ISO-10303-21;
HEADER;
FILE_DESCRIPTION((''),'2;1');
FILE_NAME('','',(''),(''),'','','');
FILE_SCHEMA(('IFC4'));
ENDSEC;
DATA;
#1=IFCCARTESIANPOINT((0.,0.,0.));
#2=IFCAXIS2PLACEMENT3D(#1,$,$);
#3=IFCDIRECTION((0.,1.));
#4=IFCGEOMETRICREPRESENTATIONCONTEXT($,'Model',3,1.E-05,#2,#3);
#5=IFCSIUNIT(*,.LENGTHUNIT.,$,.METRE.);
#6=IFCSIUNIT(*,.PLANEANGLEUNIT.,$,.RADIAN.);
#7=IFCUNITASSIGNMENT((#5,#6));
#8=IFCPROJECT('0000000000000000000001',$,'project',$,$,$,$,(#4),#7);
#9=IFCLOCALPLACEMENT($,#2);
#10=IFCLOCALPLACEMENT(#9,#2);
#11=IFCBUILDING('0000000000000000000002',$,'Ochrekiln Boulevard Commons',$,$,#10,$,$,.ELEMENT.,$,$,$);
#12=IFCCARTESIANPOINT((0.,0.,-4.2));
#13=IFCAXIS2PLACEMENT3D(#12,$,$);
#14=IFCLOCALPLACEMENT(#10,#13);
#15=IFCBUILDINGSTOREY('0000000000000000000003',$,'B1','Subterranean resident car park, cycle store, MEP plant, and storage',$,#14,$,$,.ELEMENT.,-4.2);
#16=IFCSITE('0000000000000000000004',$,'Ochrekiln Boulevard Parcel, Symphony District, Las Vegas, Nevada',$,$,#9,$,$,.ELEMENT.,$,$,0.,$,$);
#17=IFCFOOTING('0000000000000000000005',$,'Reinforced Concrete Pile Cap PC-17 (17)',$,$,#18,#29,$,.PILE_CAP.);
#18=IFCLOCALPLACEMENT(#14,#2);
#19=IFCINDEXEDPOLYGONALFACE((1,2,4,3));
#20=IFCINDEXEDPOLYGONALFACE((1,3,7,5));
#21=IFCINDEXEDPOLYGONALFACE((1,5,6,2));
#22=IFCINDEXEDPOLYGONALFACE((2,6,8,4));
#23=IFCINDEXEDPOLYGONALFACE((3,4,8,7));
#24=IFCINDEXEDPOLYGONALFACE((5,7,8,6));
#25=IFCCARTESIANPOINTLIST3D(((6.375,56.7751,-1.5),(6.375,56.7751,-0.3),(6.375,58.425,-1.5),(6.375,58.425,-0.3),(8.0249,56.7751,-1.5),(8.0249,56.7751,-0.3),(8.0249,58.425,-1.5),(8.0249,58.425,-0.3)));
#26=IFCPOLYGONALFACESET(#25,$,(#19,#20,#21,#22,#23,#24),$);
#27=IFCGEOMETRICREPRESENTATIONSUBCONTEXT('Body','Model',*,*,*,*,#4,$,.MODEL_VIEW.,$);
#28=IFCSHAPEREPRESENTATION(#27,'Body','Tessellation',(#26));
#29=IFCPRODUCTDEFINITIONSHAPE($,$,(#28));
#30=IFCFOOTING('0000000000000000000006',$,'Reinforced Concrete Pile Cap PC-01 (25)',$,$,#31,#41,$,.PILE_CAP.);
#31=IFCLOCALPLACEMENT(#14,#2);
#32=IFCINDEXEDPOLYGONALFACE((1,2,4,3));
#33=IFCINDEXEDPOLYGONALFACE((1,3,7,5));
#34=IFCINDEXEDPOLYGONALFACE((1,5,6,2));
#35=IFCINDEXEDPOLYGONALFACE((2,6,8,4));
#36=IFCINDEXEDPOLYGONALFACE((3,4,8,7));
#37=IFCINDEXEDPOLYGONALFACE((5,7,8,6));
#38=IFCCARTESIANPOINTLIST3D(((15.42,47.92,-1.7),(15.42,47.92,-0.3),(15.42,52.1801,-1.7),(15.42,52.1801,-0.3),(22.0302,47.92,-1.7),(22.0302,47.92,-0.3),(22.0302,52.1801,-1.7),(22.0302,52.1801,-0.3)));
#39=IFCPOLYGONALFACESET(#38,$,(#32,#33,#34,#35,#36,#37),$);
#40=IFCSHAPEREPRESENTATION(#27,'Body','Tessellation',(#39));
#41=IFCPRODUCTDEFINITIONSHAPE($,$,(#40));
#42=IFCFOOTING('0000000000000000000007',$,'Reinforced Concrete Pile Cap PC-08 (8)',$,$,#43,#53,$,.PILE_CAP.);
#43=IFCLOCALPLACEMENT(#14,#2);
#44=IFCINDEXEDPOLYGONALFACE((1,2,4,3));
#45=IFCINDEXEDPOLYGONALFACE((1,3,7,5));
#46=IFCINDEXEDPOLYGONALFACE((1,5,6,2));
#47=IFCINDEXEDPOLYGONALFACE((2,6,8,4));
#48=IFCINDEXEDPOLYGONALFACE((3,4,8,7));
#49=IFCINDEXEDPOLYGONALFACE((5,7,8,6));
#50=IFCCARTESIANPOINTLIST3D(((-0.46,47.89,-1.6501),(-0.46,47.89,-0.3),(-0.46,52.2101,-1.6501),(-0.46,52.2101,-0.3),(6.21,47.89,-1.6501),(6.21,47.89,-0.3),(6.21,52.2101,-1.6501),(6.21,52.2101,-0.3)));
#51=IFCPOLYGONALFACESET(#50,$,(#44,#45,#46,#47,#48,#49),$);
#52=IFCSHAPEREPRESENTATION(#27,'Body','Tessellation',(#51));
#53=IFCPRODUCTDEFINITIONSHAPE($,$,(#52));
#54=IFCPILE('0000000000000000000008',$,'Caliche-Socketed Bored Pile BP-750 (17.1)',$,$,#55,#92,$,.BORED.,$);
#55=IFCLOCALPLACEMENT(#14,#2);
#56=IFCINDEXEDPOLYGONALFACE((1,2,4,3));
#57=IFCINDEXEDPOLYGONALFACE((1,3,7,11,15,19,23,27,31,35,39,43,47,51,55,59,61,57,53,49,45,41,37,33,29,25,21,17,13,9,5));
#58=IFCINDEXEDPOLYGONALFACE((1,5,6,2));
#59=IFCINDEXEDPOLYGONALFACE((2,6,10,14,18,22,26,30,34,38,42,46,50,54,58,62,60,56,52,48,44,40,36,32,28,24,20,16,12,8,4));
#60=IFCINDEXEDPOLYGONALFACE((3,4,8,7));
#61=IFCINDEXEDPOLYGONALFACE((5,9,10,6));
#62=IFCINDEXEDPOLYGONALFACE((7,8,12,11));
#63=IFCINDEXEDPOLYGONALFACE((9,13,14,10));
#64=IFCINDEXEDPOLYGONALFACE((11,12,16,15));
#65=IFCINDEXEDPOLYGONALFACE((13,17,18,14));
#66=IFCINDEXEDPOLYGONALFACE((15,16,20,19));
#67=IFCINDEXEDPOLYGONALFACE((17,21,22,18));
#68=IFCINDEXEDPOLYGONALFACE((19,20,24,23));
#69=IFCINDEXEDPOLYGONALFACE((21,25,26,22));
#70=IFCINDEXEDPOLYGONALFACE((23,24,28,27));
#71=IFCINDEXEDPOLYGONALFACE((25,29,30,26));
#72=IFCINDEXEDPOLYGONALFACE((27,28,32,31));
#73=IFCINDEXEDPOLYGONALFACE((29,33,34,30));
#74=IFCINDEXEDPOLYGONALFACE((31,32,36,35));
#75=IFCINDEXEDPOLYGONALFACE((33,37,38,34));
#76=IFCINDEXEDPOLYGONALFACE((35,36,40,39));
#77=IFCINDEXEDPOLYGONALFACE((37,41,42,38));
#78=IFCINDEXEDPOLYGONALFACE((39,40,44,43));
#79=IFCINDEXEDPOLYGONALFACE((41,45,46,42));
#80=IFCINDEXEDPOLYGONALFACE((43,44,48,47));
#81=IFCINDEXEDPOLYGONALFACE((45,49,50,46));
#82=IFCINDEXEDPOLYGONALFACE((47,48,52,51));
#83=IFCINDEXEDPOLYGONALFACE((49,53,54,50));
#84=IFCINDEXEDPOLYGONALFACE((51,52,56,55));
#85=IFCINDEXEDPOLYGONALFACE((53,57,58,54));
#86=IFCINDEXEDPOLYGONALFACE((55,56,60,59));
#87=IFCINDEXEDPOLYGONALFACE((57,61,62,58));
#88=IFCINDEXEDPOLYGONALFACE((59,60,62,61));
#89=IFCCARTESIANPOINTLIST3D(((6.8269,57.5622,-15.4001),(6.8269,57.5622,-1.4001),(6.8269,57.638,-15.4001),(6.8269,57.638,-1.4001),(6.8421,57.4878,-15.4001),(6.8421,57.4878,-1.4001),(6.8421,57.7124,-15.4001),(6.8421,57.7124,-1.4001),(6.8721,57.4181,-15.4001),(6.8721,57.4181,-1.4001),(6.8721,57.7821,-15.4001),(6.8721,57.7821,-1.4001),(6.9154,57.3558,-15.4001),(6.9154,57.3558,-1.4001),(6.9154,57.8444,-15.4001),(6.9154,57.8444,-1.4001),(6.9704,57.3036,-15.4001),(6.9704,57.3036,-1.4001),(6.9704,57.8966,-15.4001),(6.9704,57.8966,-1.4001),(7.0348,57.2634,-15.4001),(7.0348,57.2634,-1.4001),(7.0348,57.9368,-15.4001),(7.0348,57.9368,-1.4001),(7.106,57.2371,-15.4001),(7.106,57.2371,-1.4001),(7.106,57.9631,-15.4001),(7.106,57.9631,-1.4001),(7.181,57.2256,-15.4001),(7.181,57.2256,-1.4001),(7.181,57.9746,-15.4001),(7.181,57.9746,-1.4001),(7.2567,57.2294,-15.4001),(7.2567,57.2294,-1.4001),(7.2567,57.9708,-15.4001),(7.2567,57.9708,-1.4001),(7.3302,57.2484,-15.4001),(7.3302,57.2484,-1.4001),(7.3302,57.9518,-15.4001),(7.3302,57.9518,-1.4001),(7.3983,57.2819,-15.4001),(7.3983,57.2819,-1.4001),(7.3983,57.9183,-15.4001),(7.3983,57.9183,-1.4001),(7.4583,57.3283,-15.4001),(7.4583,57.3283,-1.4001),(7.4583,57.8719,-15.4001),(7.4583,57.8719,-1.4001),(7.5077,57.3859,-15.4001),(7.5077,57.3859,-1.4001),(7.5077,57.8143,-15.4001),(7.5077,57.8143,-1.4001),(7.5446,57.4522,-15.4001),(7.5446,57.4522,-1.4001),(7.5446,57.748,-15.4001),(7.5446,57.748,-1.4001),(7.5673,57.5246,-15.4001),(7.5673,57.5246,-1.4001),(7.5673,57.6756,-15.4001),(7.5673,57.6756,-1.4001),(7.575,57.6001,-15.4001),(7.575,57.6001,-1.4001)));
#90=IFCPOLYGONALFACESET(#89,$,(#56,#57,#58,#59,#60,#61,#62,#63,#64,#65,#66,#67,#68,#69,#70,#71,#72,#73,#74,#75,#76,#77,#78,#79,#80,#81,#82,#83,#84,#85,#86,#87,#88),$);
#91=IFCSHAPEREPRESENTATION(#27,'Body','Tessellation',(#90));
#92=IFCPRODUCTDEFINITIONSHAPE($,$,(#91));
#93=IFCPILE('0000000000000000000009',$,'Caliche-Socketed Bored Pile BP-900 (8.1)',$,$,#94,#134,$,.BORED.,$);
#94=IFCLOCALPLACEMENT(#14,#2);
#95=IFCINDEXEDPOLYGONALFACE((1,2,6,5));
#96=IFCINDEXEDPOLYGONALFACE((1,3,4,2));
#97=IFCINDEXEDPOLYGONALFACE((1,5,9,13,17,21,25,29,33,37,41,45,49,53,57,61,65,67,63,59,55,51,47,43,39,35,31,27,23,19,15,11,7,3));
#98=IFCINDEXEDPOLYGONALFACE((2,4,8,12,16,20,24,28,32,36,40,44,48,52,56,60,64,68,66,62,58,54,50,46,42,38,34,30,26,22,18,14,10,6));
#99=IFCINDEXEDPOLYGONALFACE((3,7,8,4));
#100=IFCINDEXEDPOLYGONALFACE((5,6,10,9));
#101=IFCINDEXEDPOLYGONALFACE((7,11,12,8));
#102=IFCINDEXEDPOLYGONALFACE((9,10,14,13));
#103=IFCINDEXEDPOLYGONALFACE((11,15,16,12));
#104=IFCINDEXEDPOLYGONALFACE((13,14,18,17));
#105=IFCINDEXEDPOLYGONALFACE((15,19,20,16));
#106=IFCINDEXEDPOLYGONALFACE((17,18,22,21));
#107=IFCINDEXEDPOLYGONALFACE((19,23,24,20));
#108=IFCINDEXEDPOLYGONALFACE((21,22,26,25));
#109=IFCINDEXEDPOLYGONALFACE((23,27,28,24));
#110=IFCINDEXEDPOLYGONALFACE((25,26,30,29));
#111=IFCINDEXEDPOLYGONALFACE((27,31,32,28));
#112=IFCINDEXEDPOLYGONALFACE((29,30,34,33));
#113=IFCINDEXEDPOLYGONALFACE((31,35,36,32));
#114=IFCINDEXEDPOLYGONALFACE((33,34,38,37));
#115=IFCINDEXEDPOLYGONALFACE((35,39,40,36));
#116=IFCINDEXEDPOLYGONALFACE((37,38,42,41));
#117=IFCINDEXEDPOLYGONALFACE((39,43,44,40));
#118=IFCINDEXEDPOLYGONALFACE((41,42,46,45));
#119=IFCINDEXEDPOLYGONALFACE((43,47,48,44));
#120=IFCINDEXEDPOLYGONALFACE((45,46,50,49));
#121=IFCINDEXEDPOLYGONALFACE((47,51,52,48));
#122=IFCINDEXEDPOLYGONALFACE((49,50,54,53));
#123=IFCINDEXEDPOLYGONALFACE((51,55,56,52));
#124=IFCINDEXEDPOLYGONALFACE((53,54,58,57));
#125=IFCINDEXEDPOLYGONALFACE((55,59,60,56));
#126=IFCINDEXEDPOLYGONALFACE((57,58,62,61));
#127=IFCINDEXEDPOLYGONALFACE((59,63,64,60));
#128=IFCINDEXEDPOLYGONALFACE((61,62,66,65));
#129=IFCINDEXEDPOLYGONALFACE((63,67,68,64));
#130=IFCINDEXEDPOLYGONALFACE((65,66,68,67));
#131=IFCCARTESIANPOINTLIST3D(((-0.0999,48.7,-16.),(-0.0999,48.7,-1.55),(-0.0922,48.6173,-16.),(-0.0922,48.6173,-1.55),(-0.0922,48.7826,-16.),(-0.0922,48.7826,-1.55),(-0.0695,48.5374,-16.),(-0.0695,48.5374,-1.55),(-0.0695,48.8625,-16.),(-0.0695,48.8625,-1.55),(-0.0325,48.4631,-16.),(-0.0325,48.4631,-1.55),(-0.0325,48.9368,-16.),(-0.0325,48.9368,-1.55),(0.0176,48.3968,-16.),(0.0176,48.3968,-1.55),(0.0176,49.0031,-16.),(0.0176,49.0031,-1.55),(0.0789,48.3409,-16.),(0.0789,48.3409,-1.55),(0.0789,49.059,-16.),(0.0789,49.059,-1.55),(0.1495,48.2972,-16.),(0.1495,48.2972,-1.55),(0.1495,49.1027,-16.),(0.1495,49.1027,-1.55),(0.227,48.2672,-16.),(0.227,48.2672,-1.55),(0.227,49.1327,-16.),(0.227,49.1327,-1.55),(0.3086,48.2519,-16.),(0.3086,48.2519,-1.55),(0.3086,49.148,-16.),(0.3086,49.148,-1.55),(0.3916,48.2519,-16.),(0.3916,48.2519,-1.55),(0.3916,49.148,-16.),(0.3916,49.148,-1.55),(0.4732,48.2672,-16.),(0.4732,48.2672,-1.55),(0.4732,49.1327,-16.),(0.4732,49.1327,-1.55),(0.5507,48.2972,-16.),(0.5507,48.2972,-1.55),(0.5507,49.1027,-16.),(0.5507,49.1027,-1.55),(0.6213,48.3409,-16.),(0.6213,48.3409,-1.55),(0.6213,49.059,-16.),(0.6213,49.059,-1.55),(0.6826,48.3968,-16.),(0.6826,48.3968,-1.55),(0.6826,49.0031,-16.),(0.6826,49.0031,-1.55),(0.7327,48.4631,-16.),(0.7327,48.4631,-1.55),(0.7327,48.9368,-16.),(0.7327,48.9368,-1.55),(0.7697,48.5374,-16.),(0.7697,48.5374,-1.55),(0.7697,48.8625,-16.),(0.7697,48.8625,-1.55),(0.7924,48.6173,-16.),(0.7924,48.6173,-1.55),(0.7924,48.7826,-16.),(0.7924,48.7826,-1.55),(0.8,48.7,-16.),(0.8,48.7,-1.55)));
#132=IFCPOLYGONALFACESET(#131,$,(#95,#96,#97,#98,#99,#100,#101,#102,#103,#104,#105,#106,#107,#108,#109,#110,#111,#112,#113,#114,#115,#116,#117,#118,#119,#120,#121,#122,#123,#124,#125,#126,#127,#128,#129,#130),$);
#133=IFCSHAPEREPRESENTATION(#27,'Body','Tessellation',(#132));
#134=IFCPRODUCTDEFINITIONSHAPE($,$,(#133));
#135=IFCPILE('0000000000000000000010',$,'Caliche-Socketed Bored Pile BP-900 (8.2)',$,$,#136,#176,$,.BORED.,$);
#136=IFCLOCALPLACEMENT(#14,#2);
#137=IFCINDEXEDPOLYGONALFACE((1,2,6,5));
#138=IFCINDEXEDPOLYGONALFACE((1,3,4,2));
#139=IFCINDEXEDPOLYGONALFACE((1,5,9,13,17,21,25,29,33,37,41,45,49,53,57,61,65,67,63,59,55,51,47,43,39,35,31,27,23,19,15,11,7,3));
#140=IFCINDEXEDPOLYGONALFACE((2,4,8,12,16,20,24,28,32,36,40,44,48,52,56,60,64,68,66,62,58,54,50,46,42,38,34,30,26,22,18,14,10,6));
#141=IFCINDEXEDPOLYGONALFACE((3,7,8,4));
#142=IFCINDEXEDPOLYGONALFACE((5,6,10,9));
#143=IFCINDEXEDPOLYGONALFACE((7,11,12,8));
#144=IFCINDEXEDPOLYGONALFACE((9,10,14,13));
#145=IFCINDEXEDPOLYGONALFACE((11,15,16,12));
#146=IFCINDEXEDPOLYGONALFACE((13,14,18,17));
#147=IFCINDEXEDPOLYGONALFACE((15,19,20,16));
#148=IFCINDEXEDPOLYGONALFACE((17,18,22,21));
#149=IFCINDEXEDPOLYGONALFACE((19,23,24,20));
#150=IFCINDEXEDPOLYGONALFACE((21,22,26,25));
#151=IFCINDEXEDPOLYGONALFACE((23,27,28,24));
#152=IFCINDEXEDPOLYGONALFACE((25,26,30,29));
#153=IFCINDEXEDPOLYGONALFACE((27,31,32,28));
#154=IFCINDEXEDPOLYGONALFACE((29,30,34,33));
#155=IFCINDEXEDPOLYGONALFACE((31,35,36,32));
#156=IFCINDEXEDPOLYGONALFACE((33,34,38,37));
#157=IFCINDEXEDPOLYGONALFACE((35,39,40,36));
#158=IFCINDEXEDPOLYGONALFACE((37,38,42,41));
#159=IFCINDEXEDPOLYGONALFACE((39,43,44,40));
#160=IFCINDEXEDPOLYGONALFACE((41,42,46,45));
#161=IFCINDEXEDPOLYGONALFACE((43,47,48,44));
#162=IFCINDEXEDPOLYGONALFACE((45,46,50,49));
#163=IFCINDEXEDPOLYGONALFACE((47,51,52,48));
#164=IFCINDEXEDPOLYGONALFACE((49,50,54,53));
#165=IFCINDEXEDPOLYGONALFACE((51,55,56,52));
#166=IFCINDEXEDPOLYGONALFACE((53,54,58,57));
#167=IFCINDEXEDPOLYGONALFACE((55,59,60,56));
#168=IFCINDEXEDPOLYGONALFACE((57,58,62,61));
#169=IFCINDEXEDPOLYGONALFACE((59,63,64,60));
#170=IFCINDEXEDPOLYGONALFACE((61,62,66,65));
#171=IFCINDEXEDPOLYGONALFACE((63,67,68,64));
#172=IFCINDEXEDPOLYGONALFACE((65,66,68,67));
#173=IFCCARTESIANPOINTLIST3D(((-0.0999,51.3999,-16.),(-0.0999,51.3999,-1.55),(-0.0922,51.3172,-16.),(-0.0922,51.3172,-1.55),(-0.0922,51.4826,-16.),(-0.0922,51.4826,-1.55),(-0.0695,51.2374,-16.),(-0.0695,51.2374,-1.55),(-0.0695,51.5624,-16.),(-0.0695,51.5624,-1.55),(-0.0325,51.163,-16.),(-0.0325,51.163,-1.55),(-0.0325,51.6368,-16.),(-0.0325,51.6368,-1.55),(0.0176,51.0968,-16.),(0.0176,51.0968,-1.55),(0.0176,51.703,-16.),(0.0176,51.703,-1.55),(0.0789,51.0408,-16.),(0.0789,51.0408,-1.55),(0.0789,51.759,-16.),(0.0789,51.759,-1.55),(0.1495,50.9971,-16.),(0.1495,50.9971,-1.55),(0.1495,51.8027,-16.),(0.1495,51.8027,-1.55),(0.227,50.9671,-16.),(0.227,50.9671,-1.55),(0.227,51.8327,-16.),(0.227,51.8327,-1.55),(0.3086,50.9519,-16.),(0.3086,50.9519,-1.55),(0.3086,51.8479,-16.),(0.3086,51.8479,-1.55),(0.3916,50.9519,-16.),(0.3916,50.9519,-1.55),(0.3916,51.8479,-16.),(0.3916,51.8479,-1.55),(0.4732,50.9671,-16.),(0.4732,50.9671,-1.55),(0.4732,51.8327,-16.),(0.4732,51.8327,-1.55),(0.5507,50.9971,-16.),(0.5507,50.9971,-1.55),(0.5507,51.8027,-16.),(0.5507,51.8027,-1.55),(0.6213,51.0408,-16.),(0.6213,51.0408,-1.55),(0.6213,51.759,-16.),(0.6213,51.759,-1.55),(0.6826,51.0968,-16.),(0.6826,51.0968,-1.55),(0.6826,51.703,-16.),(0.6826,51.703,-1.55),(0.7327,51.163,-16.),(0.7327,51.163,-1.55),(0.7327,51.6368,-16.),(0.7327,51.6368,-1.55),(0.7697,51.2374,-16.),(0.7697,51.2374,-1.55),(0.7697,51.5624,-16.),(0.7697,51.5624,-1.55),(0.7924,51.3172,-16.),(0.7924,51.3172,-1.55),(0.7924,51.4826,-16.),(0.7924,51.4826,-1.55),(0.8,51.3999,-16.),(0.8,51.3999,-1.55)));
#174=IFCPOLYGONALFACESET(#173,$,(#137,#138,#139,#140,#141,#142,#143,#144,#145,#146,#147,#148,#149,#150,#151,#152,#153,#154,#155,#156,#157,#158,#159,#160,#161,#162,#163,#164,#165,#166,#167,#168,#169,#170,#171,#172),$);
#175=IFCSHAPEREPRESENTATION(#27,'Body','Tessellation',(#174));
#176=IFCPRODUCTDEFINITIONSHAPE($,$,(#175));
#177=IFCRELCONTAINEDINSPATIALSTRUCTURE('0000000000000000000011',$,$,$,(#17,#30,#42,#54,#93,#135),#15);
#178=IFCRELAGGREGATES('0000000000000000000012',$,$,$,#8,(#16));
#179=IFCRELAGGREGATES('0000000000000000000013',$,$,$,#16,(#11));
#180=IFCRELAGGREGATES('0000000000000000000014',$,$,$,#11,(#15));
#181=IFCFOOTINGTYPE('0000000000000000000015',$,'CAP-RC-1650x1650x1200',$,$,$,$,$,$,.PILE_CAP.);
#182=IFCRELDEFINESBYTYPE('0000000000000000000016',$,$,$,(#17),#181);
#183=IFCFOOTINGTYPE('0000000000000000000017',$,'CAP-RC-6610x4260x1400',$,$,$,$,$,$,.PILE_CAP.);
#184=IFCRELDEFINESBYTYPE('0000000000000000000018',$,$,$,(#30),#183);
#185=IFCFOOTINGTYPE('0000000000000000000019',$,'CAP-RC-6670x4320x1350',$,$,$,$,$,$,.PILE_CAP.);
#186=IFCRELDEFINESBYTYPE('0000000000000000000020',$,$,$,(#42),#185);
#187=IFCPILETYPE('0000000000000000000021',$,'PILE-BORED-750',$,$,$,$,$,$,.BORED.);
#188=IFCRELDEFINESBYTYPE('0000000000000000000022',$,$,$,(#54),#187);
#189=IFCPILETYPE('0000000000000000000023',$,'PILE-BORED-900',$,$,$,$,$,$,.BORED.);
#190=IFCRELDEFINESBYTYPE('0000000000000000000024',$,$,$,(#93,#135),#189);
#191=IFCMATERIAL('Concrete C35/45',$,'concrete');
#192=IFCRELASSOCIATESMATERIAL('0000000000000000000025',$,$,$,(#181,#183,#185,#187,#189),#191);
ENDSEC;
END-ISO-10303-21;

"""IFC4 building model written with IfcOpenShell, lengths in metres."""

from ifc_helpers import new_model, si_unit, direction, frame, origin, origin_2d, place, context, subcontext, project, spatial, rectangle, circle, extrude, material, material_profile, profile_set, type_object, element, save


model = new_model("IFC4")

# Units and contexts
model_context = context("Model", 3, precision=1e-05, world=origin(), true_north=direction((0.0, 1.0)))
body_context = subcontext(model_context, "Body", "Model", "MODEL_VIEW")
ifc_project = project(units=[si_unit("LENGTHUNIT", "METRE"), si_unit("PLANEANGLEUNIT", "RADIAN")], contexts=[model_context])

# Site, building, storey
site_placement = place(None, origin())
site = spatial("IfcSite", under=ifc_project, at=site_placement, Name="Ochrekiln Boulevard Parcel, Symphony District, Las Vegas, Nevada", CompositionType="ELEMENT", RefElevation=0.0)
building_placement = place(site_placement, origin())
building = spatial("IfcBuilding", under=site, at=building_placement, Name="Ochrekiln Boulevard Commons", CompositionType="ELEMENT")
storey_placement = place(building_placement, frame((0.0, 0.0, -4.2)))
storey = spatial("IfcBuildingStorey", under=building, at=storey_placement, Name="B1", Description="Subterranean resident car park, cycle store, MEP plant, and storage", CompositionType="ELEMENT", Elevation=-4.2)

# Footings
ifc_material_1 = material(Name="Concrete C35/45", Category="concrete")
footing_type_1 = type_object("IfcFootingType", Name="CAP-RC-1650x1650x1200", PredefinedType="PILE_CAP", material=ifc_material_1)
footing_1_placement = place(storey_placement, frame((7.2, 57.6001, -1.5), z_axis=(0.0, 0.0, 1.0), x_axis=(1.0, 0.0, 0.0)))
element("IfcFooting", 1, at=footing_1_placement, inside=storey, type_object=footing_type_1, Name="Reinforced Concrete Pile Cap PC-17 (17)", PredefinedType="PILE_CAP", context=body_context, shape_type="SweptSolid", body=[
    extrude(rectangle(XDim=1.6499, YDim=1.6499, at=origin_2d()), origin(), (0.0, 0.0, 1.0), 1.2),
])
footing_type_2 = type_object("IfcFootingType", Name="CAP-RC-6610x4260x1400", PredefinedType="PILE_CAP", material=ifc_material_1)
footing_2_placement = place(storey_placement, frame((18.7251, 50.05, -1.7), z_axis=(0.0, 0.0, 1.0), x_axis=(1.0, 0.0, 0.0)))
element("IfcFooting", 2, at=footing_2_placement, inside=storey, type_object=footing_type_2, Name="Reinforced Concrete Pile Cap PC-01 (25)", PredefinedType="PILE_CAP", context=body_context, shape_type="SweptSolid", body=[
    extrude(rectangle(XDim=6.6101, YDim=4.26, at=origin_2d()), origin(), (0.0, 0.0, 1.0), 1.3999),
])
footing_type_3 = type_object("IfcFootingType", Name="CAP-RC-6670x4320x1350", PredefinedType="PILE_CAP", material=ifc_material_1)
footing_3_placement = place(storey_placement, frame((2.875, 50.05, -1.6501), z_axis=(0.0, 0.0, 1.0), x_axis=(1.0, 0.0, 0.0)))
element("IfcFooting", 3, at=footing_3_placement, inside=storey, type_object=footing_type_3, Name="Reinforced Concrete Pile Cap PC-08 (8)", PredefinedType="PILE_CAP", context=body_context, shape_type="SweptSolid", body=[
    extrude(rectangle(XDim=6.6699, YDim=4.3201, at=origin_2d()), origin(), (0.0, 0.0, 1.0), 1.3501),
])

# Piles
ifc_material_profile_1 = material_profile(ifc_material_1, circle(Radius=0.375, at=origin_2d()), Name="PILE-D750")
ifc_profile_set_1 = profile_set([ifc_material_profile_1], Name="Concrete C35/45")
pile_type_1 = type_object("IfcPileType", Name="PILE-BORED-750", PredefinedType="BORED", material=ifc_profile_set_1)
pile_placement = place(storey_placement, frame((7.2, 57.6001, -1.4001), z_axis=(0.0, 0.0, -1.0), x_axis=(1.0, 0.0, 0.0)))
element("IfcPile", 4, at=pile_placement, inside=storey, type_object=pile_type_1, Name="Caliche-Socketed Bored Pile BP-750 (17.1)", PredefinedType="BORED", context=body_context, shape_type="SweptSolid", body=[
    extrude(circle(Radius=0.375, at=origin_2d()), origin(), (0.0, 0.0, 1.0), 14.0),
])
ifc_material_profile_2 = material_profile(ifc_material_1, circle(Radius=0.45, at=origin_2d()), Name="PILE-D900")
ifc_profile_set_2 = profile_set([ifc_material_profile_2], Name="Concrete C35/45")
pile_type_2 = type_object("IfcPileType", Name="PILE-BORED-900", PredefinedType="BORED", material=ifc_profile_set_2)
for number, where, z_axis, x_axis, name in (
    (5, (0.3501, 48.7, -1.55), (0.0, 0.0, -1.0), (1.0, 0.0, 0.0), "Caliche-Socketed Bored Pile BP-900 (8.1)"),
    (6, (0.3501, 51.3999, -1.55), (0.0, 0.0, -1.0), (1.0, 0.0, 0.0), "Caliche-Socketed Bored Pile BP-900 (8.2)"),
):
    element("IfcPile", number, at=place(storey_placement, frame(where, z_axis=z_axis, x_axis=x_axis)), inside=storey, type_object=pile_type_2, Name=name, PredefinedType="BORED", context=body_context, shape_type="SweptSolid", body=[
        extrude(circle(Radius=0.45, at=origin_2d()), origin(), (0.0, 0.0, 1.0), 14.45),
    ])

save(model, "model.ifc")
